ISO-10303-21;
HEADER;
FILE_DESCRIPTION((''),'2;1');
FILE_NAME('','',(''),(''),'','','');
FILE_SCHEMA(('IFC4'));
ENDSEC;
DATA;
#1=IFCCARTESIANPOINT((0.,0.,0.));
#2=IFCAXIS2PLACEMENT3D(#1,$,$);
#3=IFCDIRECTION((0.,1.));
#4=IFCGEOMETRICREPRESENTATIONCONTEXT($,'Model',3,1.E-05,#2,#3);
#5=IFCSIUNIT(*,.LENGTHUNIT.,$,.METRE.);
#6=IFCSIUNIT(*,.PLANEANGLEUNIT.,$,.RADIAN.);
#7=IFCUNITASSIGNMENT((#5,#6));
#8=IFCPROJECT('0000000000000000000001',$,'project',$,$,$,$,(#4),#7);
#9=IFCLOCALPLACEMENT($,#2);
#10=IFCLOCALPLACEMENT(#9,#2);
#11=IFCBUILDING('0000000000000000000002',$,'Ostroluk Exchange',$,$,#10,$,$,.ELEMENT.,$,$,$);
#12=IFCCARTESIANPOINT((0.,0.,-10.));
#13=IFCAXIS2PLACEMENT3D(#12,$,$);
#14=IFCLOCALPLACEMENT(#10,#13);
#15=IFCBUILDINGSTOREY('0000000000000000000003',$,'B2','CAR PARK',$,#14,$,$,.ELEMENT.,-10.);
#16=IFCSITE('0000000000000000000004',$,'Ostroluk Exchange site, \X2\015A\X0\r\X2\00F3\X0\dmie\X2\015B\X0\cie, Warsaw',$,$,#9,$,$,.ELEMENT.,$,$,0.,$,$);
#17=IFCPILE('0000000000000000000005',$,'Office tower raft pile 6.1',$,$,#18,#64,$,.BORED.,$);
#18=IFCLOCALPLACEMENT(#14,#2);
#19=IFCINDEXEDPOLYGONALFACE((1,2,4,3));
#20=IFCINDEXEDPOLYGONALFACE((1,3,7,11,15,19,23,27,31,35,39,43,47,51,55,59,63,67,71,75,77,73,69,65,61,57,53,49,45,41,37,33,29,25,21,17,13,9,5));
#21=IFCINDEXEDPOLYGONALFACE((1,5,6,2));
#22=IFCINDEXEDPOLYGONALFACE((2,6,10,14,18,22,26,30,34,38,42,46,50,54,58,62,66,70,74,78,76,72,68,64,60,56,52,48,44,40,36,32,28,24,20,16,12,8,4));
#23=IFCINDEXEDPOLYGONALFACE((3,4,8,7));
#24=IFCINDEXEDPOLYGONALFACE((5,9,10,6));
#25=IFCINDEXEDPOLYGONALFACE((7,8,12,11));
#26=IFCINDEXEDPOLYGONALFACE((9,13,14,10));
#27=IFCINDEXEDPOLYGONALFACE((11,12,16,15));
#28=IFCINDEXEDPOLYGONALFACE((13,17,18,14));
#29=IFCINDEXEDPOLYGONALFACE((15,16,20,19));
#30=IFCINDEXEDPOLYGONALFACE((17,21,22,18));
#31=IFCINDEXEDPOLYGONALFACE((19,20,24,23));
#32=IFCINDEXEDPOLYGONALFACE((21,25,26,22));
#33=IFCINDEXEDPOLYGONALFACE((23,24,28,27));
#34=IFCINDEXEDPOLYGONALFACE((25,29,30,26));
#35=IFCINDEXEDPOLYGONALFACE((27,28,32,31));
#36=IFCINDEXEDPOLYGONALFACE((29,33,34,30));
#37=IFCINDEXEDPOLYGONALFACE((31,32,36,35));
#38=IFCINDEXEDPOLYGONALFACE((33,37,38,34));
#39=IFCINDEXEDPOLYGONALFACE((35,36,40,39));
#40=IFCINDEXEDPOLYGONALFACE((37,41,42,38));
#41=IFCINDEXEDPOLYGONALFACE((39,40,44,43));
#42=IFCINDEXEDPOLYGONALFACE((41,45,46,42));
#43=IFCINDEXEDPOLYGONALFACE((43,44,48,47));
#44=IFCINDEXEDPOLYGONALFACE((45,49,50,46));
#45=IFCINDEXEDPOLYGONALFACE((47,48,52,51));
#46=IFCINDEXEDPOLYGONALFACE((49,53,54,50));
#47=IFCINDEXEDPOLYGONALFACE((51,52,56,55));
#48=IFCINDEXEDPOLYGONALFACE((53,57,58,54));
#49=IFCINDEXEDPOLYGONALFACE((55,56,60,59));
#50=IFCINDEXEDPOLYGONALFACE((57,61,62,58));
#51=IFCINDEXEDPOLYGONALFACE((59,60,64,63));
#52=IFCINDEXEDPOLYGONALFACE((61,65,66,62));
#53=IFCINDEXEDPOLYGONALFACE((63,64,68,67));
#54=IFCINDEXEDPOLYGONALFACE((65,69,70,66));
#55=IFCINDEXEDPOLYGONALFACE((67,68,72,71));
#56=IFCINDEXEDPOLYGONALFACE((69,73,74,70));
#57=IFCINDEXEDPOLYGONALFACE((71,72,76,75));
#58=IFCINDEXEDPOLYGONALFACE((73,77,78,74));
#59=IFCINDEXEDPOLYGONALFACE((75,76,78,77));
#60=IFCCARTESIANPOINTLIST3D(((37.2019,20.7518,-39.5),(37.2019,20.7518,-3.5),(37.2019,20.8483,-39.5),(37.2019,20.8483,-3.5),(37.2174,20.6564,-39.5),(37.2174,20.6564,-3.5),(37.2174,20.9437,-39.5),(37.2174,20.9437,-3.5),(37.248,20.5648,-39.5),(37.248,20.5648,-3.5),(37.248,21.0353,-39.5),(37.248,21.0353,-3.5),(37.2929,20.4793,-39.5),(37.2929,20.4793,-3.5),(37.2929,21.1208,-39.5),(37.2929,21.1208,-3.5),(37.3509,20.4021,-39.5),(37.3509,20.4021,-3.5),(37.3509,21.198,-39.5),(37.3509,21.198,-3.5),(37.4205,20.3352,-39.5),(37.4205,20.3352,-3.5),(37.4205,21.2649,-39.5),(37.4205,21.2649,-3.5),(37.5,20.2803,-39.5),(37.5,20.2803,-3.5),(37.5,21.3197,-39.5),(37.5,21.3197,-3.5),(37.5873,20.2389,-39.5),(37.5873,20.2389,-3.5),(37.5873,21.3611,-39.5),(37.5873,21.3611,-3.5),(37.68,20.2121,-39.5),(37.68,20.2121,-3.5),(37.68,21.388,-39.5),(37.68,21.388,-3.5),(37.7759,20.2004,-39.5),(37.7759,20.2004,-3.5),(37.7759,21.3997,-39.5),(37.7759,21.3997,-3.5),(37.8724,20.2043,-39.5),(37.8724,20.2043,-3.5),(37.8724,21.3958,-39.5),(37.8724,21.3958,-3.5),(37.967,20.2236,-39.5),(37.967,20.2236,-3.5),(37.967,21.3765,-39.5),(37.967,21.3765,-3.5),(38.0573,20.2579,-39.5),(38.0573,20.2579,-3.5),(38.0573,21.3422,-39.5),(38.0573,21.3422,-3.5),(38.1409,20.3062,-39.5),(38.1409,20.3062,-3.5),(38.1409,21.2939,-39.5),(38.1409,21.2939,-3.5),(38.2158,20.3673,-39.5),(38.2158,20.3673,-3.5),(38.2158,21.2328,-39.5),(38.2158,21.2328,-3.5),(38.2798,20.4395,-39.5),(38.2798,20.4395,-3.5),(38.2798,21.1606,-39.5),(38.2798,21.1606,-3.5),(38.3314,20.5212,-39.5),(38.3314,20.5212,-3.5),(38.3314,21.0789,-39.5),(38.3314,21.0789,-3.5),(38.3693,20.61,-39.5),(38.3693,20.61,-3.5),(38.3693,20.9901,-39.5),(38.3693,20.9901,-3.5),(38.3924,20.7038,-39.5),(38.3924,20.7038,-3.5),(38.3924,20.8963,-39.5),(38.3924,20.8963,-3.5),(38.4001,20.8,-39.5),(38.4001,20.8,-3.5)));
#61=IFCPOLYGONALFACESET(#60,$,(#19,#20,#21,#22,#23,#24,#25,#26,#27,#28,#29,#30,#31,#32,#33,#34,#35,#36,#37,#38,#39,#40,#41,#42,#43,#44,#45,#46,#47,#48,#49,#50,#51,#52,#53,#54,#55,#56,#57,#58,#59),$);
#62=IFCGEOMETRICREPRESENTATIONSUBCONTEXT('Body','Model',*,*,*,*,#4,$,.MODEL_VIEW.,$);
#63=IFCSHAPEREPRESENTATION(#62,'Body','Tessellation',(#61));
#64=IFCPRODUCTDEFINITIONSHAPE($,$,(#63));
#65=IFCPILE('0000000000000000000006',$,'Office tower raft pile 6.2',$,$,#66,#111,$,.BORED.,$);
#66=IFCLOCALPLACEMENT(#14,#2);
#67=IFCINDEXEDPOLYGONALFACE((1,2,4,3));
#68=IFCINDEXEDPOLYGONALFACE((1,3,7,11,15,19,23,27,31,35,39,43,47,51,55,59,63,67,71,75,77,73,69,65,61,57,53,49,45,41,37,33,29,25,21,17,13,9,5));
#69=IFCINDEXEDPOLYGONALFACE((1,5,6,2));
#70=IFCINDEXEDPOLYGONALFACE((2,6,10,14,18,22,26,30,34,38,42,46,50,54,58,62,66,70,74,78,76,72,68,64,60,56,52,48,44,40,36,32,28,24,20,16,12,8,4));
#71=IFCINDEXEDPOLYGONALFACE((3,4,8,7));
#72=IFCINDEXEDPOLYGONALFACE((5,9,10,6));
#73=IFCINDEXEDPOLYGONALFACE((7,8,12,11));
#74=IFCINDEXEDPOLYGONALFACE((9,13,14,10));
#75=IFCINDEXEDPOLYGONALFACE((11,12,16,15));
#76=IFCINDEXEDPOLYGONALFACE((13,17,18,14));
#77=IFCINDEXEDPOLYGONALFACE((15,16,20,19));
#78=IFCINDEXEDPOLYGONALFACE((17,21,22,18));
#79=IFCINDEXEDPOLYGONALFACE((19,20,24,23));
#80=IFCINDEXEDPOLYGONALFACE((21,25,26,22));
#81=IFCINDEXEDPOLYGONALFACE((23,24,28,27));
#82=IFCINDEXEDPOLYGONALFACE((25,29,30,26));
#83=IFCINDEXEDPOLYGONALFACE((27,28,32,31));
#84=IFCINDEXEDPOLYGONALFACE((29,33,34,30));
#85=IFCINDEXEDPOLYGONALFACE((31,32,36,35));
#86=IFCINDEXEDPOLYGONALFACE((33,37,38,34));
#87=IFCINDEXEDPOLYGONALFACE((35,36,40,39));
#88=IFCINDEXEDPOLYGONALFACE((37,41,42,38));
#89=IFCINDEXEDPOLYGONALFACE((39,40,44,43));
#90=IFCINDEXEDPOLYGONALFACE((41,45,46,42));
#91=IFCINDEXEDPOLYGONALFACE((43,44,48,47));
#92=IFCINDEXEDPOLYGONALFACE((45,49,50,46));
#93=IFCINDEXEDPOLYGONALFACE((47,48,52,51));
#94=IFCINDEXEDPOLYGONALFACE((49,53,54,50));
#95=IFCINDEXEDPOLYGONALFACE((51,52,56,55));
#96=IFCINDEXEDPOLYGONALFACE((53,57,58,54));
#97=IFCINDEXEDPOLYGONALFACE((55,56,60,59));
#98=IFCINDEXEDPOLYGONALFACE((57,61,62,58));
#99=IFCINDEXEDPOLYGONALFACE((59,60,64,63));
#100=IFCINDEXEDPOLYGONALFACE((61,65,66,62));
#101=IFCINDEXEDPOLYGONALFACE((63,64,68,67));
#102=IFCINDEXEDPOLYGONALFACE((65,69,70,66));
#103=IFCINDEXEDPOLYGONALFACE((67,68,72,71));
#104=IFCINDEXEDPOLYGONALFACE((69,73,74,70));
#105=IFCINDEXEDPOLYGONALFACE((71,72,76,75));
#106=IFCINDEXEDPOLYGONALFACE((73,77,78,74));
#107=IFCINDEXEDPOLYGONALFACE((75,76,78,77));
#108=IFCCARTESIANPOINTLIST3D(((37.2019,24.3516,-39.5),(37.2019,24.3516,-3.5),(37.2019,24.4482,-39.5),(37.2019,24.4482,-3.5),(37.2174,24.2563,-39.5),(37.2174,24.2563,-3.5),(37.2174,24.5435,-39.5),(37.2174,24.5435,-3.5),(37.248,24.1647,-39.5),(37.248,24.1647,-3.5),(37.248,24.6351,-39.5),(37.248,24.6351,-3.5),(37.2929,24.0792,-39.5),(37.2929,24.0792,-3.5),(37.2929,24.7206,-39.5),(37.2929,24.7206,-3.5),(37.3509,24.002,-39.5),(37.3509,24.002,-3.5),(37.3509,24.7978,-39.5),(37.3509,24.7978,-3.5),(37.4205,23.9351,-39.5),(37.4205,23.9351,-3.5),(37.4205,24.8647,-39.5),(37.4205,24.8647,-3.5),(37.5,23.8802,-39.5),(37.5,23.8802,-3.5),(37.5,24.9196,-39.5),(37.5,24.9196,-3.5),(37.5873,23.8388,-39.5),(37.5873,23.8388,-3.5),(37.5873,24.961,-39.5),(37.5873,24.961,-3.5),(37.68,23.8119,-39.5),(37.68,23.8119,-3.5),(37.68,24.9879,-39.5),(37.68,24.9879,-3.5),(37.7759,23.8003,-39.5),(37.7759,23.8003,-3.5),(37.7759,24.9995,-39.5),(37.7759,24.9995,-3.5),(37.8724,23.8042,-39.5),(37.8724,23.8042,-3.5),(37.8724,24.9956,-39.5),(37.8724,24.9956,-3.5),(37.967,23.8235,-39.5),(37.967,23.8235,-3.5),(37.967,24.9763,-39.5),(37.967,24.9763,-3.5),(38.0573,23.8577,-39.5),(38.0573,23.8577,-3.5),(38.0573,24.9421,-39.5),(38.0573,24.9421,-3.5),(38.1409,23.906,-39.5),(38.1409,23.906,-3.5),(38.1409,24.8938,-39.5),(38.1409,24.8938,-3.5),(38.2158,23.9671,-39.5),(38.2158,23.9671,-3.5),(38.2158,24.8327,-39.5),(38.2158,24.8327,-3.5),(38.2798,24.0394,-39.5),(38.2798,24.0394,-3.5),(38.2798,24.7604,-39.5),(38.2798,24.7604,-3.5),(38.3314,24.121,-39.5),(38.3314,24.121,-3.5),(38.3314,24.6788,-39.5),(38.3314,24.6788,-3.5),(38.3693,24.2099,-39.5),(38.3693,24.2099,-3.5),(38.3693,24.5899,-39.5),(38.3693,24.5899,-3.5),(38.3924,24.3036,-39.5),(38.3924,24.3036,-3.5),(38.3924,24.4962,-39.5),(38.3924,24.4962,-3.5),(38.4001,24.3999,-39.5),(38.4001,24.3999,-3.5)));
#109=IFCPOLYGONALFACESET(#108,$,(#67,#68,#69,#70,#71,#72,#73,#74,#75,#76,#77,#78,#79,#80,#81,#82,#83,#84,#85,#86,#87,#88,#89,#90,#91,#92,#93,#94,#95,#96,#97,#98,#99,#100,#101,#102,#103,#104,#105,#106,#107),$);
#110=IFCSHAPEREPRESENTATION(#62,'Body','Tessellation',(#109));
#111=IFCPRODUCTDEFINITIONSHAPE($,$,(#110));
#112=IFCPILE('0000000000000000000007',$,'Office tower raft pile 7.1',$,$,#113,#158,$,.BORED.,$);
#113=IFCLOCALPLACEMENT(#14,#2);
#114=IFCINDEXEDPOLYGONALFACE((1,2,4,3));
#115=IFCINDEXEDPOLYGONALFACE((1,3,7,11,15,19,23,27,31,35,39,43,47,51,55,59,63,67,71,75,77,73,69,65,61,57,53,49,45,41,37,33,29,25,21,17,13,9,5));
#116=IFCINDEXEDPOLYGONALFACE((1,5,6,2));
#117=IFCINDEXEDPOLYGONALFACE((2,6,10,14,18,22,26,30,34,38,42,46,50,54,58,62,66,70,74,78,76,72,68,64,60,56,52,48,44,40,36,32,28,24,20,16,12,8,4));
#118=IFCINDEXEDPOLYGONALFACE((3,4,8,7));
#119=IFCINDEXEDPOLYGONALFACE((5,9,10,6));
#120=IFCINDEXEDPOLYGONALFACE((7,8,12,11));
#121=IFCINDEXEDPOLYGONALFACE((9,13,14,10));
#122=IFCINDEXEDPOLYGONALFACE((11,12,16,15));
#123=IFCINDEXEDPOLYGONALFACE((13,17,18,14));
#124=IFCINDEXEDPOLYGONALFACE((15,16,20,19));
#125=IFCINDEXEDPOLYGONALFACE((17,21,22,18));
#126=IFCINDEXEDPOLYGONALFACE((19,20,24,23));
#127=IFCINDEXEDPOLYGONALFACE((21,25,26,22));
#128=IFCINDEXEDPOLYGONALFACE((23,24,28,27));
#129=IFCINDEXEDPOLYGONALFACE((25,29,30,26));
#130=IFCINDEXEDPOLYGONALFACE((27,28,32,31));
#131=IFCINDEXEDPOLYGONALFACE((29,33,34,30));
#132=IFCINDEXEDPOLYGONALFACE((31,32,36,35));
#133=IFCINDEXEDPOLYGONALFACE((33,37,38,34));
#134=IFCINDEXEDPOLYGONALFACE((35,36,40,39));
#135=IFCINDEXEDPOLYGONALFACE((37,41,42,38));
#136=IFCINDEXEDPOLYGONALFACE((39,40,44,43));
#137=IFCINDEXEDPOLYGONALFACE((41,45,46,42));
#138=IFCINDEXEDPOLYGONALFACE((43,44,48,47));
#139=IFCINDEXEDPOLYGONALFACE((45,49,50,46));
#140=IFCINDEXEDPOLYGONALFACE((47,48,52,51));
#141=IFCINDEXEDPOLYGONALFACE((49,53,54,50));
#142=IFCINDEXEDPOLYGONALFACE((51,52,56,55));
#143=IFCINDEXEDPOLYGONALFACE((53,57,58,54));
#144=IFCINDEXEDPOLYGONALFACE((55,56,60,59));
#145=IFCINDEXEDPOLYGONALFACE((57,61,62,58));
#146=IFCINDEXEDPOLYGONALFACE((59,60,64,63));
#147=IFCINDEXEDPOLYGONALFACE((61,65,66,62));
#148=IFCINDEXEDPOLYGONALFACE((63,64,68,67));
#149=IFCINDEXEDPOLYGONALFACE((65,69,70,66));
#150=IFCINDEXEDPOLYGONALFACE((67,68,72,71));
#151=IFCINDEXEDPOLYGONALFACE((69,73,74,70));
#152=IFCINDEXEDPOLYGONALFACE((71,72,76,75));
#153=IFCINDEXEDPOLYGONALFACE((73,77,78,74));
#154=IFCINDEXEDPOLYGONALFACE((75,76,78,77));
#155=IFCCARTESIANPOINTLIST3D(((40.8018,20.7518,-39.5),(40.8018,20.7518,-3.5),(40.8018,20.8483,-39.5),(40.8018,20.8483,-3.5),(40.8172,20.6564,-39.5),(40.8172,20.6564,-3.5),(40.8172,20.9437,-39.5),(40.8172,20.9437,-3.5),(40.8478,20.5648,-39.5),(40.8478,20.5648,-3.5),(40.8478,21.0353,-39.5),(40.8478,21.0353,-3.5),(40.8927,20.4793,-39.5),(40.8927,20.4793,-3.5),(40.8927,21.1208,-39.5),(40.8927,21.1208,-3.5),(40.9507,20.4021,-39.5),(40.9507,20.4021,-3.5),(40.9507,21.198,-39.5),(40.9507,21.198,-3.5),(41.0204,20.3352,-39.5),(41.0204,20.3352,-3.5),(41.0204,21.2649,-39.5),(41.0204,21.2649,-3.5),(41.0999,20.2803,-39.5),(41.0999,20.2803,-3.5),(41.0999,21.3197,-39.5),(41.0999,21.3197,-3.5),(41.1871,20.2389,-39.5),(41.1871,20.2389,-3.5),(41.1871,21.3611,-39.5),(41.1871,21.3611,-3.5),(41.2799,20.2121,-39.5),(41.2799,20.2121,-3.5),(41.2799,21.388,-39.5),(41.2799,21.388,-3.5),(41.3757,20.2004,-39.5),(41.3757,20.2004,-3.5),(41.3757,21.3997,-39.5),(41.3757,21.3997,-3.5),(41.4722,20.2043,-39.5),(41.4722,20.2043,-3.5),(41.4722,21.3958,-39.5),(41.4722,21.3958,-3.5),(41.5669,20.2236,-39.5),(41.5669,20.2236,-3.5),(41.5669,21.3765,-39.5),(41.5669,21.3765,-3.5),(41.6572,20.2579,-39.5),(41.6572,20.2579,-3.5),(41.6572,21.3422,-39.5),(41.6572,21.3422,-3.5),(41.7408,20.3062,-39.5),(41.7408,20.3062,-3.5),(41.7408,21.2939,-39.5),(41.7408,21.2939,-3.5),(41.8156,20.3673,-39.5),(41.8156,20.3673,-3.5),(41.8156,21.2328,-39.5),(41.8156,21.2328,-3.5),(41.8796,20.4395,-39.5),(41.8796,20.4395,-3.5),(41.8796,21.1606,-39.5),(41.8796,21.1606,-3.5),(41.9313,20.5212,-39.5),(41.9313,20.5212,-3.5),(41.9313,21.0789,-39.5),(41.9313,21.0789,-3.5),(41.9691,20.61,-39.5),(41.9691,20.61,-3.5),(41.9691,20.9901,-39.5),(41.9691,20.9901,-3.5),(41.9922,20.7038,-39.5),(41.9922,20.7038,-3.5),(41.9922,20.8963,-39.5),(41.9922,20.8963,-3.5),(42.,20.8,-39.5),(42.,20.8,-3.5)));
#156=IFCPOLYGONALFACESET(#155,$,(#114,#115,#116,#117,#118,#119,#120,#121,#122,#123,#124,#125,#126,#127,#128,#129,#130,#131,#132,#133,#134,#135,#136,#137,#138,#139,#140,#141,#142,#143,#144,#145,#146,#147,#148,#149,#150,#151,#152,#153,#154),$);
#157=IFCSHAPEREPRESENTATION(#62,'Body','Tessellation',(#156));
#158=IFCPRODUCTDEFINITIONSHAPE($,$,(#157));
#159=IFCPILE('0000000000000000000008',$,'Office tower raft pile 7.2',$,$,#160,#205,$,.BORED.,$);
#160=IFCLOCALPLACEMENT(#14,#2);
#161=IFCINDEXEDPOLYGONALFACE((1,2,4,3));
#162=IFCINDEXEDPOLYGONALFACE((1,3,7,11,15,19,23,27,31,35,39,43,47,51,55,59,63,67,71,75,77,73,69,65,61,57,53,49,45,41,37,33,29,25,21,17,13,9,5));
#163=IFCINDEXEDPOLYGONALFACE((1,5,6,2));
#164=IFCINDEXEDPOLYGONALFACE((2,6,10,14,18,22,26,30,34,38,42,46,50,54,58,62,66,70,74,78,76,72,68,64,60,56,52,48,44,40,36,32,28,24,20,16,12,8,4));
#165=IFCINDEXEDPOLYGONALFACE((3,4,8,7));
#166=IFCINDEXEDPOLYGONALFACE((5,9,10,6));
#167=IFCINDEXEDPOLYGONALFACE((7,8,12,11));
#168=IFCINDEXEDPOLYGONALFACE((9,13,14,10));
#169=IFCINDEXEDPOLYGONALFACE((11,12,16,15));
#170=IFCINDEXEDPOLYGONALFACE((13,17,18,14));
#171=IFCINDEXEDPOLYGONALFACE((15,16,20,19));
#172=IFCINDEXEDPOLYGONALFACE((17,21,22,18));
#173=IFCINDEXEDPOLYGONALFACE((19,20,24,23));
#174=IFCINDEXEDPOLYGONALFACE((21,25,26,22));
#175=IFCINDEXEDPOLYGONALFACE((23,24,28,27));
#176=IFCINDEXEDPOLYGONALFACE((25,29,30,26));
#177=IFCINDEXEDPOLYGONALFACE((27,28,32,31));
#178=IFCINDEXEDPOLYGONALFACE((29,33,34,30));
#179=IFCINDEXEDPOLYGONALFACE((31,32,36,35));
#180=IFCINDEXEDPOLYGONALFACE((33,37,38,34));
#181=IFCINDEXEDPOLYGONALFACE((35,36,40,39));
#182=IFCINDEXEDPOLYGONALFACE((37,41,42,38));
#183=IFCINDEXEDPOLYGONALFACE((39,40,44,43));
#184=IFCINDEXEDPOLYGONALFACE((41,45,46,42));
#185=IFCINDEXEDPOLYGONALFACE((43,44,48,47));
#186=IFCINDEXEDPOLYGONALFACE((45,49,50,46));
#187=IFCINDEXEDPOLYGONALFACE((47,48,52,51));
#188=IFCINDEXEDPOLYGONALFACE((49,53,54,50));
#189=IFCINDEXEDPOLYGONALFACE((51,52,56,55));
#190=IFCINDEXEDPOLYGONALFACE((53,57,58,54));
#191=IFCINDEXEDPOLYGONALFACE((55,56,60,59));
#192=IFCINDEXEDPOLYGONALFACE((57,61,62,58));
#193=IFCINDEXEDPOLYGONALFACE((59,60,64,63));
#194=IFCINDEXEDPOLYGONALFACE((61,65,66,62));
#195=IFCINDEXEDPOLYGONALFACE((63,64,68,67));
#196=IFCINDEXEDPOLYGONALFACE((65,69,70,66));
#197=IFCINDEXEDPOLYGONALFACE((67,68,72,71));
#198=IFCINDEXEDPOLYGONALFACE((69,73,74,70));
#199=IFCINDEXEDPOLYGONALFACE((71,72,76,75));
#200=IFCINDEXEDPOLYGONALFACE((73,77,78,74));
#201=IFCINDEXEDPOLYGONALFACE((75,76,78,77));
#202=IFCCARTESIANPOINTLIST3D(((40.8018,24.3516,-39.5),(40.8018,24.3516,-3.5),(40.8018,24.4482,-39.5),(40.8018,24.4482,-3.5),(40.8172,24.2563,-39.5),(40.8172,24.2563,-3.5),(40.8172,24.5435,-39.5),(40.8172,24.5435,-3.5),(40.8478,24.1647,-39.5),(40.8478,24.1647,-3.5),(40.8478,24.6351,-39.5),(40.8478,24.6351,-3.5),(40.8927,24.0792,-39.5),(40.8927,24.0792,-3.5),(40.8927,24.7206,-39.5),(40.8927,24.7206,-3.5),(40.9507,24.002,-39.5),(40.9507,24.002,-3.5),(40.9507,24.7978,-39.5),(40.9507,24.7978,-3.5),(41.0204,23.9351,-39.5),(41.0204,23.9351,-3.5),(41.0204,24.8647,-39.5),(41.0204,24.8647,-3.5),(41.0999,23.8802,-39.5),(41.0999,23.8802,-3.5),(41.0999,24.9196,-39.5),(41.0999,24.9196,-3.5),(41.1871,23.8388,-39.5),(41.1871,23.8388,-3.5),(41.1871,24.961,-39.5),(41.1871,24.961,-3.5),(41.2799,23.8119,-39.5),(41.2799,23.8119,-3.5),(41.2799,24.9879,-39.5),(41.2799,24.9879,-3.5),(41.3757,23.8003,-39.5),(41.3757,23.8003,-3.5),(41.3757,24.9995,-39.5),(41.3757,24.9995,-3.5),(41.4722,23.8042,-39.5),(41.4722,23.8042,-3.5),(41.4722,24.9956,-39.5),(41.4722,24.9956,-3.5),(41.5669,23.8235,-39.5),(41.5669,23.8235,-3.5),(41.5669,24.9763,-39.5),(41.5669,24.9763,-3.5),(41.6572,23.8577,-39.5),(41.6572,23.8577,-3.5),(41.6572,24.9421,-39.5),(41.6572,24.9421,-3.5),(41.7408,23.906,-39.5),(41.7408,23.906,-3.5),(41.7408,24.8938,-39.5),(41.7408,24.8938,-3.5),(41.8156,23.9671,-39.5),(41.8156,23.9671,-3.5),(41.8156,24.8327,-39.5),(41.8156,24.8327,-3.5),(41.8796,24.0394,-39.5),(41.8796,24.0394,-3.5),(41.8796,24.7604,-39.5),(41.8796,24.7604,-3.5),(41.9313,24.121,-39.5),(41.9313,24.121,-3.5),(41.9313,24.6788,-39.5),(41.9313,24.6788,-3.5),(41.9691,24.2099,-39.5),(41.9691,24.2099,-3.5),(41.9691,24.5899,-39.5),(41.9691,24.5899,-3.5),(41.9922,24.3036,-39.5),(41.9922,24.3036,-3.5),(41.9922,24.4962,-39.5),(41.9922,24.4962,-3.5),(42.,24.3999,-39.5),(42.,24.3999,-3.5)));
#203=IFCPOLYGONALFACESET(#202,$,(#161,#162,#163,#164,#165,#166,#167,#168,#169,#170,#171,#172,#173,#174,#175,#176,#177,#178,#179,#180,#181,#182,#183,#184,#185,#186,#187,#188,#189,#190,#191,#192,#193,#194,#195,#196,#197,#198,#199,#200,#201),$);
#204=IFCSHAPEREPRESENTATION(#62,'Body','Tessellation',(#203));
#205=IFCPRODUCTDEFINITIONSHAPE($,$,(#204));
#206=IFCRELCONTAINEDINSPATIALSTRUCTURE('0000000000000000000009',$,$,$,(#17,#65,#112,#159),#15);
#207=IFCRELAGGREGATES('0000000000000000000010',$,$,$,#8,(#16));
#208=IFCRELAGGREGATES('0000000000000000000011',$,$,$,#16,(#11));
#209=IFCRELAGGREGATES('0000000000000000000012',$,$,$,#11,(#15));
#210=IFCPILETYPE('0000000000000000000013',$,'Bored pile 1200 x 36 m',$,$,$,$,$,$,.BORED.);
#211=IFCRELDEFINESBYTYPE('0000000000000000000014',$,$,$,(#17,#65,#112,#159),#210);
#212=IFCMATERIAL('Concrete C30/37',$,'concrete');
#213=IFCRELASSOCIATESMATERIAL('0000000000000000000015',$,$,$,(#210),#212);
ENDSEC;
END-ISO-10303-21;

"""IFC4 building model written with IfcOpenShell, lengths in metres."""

from ifc_helpers import new_model, si_unit, direction, frame, origin, origin_2d, place, context, subcontext, project, spatial, circle, extrude, material, type_object, element, save


model = new_model("IFC4")

# Units and contexts
model_context = context("Model", 3, precision=1e-05, world=origin(), true_north=direction((0.0, 1.0)))
body_context = subcontext(model_context, "Body", "Model", "MODEL_VIEW")
ifc_project = project(units=[si_unit("LENGTHUNIT", "METRE"), si_unit("PLANEANGLEUNIT", "RADIAN")], contexts=[model_context])

# Site, building, storey
site_placement = place(None, origin())
site = spatial("IfcSite", under=ifc_project, at=site_placement, Name="Ostroluk Exchange site, Śródmieście, Warsaw", CompositionType="ELEMENT", RefElevation=0.0)
building_placement = place(site_placement, origin())
building = spatial("IfcBuilding", under=site, at=building_placement, Name="Ostroluk Exchange", CompositionType="ELEMENT")
storey_placement = place(building_placement, frame((0.0, 0.0, -10.0)))
storey = spatial("IfcBuildingStorey", under=building, at=storey_placement, Name="B2", Description="CAR PARK", CompositionType="ELEMENT", Elevation=-10.0)

# Piles
ifc_material_1 = material(Name="Concrete C30/37", Category="concrete")
pile_type_1 = type_object("IfcPileType", Name="Bored pile 1200 x 36 m", PredefinedType="BORED", material=ifc_material_1)
for number, where, z_axis, x_axis, name in (
    (1, (37.8, 20.8, -3.5), (0.0, 0.0, -1.0), (1.0, 0.0, 0.0), "Office tower raft pile 6.1"),
    (2, (37.8, 24.3999, -3.5), (0.0, 0.0, -1.0), (1.0, 0.0, 0.0), "Office tower raft pile 6.2"),
    (3, (41.3999, 20.8, -3.5), (0.0, 0.0, -1.0), (1.0, 0.0, 0.0), "Office tower raft pile 7.1"),
    (4, (41.3999, 24.3999, -3.5), (0.0, 0.0, -1.0), (1.0, 0.0, 0.0), "Office tower raft pile 7.2"),
):
    element("IfcPile", number, at=place(storey_placement, frame(where, z_axis=z_axis, x_axis=x_axis)), inside=storey, type_object=pile_type_1, Name=name, PredefinedType="BORED", context=body_context, shape_type="SweptSolid", body=[
        extrude(circle(Radius=0.6001, at=origin_2d()), origin(), (0.0, 0.0, 1.0), 36.0),
    ])

save(model, "model.ifc")
